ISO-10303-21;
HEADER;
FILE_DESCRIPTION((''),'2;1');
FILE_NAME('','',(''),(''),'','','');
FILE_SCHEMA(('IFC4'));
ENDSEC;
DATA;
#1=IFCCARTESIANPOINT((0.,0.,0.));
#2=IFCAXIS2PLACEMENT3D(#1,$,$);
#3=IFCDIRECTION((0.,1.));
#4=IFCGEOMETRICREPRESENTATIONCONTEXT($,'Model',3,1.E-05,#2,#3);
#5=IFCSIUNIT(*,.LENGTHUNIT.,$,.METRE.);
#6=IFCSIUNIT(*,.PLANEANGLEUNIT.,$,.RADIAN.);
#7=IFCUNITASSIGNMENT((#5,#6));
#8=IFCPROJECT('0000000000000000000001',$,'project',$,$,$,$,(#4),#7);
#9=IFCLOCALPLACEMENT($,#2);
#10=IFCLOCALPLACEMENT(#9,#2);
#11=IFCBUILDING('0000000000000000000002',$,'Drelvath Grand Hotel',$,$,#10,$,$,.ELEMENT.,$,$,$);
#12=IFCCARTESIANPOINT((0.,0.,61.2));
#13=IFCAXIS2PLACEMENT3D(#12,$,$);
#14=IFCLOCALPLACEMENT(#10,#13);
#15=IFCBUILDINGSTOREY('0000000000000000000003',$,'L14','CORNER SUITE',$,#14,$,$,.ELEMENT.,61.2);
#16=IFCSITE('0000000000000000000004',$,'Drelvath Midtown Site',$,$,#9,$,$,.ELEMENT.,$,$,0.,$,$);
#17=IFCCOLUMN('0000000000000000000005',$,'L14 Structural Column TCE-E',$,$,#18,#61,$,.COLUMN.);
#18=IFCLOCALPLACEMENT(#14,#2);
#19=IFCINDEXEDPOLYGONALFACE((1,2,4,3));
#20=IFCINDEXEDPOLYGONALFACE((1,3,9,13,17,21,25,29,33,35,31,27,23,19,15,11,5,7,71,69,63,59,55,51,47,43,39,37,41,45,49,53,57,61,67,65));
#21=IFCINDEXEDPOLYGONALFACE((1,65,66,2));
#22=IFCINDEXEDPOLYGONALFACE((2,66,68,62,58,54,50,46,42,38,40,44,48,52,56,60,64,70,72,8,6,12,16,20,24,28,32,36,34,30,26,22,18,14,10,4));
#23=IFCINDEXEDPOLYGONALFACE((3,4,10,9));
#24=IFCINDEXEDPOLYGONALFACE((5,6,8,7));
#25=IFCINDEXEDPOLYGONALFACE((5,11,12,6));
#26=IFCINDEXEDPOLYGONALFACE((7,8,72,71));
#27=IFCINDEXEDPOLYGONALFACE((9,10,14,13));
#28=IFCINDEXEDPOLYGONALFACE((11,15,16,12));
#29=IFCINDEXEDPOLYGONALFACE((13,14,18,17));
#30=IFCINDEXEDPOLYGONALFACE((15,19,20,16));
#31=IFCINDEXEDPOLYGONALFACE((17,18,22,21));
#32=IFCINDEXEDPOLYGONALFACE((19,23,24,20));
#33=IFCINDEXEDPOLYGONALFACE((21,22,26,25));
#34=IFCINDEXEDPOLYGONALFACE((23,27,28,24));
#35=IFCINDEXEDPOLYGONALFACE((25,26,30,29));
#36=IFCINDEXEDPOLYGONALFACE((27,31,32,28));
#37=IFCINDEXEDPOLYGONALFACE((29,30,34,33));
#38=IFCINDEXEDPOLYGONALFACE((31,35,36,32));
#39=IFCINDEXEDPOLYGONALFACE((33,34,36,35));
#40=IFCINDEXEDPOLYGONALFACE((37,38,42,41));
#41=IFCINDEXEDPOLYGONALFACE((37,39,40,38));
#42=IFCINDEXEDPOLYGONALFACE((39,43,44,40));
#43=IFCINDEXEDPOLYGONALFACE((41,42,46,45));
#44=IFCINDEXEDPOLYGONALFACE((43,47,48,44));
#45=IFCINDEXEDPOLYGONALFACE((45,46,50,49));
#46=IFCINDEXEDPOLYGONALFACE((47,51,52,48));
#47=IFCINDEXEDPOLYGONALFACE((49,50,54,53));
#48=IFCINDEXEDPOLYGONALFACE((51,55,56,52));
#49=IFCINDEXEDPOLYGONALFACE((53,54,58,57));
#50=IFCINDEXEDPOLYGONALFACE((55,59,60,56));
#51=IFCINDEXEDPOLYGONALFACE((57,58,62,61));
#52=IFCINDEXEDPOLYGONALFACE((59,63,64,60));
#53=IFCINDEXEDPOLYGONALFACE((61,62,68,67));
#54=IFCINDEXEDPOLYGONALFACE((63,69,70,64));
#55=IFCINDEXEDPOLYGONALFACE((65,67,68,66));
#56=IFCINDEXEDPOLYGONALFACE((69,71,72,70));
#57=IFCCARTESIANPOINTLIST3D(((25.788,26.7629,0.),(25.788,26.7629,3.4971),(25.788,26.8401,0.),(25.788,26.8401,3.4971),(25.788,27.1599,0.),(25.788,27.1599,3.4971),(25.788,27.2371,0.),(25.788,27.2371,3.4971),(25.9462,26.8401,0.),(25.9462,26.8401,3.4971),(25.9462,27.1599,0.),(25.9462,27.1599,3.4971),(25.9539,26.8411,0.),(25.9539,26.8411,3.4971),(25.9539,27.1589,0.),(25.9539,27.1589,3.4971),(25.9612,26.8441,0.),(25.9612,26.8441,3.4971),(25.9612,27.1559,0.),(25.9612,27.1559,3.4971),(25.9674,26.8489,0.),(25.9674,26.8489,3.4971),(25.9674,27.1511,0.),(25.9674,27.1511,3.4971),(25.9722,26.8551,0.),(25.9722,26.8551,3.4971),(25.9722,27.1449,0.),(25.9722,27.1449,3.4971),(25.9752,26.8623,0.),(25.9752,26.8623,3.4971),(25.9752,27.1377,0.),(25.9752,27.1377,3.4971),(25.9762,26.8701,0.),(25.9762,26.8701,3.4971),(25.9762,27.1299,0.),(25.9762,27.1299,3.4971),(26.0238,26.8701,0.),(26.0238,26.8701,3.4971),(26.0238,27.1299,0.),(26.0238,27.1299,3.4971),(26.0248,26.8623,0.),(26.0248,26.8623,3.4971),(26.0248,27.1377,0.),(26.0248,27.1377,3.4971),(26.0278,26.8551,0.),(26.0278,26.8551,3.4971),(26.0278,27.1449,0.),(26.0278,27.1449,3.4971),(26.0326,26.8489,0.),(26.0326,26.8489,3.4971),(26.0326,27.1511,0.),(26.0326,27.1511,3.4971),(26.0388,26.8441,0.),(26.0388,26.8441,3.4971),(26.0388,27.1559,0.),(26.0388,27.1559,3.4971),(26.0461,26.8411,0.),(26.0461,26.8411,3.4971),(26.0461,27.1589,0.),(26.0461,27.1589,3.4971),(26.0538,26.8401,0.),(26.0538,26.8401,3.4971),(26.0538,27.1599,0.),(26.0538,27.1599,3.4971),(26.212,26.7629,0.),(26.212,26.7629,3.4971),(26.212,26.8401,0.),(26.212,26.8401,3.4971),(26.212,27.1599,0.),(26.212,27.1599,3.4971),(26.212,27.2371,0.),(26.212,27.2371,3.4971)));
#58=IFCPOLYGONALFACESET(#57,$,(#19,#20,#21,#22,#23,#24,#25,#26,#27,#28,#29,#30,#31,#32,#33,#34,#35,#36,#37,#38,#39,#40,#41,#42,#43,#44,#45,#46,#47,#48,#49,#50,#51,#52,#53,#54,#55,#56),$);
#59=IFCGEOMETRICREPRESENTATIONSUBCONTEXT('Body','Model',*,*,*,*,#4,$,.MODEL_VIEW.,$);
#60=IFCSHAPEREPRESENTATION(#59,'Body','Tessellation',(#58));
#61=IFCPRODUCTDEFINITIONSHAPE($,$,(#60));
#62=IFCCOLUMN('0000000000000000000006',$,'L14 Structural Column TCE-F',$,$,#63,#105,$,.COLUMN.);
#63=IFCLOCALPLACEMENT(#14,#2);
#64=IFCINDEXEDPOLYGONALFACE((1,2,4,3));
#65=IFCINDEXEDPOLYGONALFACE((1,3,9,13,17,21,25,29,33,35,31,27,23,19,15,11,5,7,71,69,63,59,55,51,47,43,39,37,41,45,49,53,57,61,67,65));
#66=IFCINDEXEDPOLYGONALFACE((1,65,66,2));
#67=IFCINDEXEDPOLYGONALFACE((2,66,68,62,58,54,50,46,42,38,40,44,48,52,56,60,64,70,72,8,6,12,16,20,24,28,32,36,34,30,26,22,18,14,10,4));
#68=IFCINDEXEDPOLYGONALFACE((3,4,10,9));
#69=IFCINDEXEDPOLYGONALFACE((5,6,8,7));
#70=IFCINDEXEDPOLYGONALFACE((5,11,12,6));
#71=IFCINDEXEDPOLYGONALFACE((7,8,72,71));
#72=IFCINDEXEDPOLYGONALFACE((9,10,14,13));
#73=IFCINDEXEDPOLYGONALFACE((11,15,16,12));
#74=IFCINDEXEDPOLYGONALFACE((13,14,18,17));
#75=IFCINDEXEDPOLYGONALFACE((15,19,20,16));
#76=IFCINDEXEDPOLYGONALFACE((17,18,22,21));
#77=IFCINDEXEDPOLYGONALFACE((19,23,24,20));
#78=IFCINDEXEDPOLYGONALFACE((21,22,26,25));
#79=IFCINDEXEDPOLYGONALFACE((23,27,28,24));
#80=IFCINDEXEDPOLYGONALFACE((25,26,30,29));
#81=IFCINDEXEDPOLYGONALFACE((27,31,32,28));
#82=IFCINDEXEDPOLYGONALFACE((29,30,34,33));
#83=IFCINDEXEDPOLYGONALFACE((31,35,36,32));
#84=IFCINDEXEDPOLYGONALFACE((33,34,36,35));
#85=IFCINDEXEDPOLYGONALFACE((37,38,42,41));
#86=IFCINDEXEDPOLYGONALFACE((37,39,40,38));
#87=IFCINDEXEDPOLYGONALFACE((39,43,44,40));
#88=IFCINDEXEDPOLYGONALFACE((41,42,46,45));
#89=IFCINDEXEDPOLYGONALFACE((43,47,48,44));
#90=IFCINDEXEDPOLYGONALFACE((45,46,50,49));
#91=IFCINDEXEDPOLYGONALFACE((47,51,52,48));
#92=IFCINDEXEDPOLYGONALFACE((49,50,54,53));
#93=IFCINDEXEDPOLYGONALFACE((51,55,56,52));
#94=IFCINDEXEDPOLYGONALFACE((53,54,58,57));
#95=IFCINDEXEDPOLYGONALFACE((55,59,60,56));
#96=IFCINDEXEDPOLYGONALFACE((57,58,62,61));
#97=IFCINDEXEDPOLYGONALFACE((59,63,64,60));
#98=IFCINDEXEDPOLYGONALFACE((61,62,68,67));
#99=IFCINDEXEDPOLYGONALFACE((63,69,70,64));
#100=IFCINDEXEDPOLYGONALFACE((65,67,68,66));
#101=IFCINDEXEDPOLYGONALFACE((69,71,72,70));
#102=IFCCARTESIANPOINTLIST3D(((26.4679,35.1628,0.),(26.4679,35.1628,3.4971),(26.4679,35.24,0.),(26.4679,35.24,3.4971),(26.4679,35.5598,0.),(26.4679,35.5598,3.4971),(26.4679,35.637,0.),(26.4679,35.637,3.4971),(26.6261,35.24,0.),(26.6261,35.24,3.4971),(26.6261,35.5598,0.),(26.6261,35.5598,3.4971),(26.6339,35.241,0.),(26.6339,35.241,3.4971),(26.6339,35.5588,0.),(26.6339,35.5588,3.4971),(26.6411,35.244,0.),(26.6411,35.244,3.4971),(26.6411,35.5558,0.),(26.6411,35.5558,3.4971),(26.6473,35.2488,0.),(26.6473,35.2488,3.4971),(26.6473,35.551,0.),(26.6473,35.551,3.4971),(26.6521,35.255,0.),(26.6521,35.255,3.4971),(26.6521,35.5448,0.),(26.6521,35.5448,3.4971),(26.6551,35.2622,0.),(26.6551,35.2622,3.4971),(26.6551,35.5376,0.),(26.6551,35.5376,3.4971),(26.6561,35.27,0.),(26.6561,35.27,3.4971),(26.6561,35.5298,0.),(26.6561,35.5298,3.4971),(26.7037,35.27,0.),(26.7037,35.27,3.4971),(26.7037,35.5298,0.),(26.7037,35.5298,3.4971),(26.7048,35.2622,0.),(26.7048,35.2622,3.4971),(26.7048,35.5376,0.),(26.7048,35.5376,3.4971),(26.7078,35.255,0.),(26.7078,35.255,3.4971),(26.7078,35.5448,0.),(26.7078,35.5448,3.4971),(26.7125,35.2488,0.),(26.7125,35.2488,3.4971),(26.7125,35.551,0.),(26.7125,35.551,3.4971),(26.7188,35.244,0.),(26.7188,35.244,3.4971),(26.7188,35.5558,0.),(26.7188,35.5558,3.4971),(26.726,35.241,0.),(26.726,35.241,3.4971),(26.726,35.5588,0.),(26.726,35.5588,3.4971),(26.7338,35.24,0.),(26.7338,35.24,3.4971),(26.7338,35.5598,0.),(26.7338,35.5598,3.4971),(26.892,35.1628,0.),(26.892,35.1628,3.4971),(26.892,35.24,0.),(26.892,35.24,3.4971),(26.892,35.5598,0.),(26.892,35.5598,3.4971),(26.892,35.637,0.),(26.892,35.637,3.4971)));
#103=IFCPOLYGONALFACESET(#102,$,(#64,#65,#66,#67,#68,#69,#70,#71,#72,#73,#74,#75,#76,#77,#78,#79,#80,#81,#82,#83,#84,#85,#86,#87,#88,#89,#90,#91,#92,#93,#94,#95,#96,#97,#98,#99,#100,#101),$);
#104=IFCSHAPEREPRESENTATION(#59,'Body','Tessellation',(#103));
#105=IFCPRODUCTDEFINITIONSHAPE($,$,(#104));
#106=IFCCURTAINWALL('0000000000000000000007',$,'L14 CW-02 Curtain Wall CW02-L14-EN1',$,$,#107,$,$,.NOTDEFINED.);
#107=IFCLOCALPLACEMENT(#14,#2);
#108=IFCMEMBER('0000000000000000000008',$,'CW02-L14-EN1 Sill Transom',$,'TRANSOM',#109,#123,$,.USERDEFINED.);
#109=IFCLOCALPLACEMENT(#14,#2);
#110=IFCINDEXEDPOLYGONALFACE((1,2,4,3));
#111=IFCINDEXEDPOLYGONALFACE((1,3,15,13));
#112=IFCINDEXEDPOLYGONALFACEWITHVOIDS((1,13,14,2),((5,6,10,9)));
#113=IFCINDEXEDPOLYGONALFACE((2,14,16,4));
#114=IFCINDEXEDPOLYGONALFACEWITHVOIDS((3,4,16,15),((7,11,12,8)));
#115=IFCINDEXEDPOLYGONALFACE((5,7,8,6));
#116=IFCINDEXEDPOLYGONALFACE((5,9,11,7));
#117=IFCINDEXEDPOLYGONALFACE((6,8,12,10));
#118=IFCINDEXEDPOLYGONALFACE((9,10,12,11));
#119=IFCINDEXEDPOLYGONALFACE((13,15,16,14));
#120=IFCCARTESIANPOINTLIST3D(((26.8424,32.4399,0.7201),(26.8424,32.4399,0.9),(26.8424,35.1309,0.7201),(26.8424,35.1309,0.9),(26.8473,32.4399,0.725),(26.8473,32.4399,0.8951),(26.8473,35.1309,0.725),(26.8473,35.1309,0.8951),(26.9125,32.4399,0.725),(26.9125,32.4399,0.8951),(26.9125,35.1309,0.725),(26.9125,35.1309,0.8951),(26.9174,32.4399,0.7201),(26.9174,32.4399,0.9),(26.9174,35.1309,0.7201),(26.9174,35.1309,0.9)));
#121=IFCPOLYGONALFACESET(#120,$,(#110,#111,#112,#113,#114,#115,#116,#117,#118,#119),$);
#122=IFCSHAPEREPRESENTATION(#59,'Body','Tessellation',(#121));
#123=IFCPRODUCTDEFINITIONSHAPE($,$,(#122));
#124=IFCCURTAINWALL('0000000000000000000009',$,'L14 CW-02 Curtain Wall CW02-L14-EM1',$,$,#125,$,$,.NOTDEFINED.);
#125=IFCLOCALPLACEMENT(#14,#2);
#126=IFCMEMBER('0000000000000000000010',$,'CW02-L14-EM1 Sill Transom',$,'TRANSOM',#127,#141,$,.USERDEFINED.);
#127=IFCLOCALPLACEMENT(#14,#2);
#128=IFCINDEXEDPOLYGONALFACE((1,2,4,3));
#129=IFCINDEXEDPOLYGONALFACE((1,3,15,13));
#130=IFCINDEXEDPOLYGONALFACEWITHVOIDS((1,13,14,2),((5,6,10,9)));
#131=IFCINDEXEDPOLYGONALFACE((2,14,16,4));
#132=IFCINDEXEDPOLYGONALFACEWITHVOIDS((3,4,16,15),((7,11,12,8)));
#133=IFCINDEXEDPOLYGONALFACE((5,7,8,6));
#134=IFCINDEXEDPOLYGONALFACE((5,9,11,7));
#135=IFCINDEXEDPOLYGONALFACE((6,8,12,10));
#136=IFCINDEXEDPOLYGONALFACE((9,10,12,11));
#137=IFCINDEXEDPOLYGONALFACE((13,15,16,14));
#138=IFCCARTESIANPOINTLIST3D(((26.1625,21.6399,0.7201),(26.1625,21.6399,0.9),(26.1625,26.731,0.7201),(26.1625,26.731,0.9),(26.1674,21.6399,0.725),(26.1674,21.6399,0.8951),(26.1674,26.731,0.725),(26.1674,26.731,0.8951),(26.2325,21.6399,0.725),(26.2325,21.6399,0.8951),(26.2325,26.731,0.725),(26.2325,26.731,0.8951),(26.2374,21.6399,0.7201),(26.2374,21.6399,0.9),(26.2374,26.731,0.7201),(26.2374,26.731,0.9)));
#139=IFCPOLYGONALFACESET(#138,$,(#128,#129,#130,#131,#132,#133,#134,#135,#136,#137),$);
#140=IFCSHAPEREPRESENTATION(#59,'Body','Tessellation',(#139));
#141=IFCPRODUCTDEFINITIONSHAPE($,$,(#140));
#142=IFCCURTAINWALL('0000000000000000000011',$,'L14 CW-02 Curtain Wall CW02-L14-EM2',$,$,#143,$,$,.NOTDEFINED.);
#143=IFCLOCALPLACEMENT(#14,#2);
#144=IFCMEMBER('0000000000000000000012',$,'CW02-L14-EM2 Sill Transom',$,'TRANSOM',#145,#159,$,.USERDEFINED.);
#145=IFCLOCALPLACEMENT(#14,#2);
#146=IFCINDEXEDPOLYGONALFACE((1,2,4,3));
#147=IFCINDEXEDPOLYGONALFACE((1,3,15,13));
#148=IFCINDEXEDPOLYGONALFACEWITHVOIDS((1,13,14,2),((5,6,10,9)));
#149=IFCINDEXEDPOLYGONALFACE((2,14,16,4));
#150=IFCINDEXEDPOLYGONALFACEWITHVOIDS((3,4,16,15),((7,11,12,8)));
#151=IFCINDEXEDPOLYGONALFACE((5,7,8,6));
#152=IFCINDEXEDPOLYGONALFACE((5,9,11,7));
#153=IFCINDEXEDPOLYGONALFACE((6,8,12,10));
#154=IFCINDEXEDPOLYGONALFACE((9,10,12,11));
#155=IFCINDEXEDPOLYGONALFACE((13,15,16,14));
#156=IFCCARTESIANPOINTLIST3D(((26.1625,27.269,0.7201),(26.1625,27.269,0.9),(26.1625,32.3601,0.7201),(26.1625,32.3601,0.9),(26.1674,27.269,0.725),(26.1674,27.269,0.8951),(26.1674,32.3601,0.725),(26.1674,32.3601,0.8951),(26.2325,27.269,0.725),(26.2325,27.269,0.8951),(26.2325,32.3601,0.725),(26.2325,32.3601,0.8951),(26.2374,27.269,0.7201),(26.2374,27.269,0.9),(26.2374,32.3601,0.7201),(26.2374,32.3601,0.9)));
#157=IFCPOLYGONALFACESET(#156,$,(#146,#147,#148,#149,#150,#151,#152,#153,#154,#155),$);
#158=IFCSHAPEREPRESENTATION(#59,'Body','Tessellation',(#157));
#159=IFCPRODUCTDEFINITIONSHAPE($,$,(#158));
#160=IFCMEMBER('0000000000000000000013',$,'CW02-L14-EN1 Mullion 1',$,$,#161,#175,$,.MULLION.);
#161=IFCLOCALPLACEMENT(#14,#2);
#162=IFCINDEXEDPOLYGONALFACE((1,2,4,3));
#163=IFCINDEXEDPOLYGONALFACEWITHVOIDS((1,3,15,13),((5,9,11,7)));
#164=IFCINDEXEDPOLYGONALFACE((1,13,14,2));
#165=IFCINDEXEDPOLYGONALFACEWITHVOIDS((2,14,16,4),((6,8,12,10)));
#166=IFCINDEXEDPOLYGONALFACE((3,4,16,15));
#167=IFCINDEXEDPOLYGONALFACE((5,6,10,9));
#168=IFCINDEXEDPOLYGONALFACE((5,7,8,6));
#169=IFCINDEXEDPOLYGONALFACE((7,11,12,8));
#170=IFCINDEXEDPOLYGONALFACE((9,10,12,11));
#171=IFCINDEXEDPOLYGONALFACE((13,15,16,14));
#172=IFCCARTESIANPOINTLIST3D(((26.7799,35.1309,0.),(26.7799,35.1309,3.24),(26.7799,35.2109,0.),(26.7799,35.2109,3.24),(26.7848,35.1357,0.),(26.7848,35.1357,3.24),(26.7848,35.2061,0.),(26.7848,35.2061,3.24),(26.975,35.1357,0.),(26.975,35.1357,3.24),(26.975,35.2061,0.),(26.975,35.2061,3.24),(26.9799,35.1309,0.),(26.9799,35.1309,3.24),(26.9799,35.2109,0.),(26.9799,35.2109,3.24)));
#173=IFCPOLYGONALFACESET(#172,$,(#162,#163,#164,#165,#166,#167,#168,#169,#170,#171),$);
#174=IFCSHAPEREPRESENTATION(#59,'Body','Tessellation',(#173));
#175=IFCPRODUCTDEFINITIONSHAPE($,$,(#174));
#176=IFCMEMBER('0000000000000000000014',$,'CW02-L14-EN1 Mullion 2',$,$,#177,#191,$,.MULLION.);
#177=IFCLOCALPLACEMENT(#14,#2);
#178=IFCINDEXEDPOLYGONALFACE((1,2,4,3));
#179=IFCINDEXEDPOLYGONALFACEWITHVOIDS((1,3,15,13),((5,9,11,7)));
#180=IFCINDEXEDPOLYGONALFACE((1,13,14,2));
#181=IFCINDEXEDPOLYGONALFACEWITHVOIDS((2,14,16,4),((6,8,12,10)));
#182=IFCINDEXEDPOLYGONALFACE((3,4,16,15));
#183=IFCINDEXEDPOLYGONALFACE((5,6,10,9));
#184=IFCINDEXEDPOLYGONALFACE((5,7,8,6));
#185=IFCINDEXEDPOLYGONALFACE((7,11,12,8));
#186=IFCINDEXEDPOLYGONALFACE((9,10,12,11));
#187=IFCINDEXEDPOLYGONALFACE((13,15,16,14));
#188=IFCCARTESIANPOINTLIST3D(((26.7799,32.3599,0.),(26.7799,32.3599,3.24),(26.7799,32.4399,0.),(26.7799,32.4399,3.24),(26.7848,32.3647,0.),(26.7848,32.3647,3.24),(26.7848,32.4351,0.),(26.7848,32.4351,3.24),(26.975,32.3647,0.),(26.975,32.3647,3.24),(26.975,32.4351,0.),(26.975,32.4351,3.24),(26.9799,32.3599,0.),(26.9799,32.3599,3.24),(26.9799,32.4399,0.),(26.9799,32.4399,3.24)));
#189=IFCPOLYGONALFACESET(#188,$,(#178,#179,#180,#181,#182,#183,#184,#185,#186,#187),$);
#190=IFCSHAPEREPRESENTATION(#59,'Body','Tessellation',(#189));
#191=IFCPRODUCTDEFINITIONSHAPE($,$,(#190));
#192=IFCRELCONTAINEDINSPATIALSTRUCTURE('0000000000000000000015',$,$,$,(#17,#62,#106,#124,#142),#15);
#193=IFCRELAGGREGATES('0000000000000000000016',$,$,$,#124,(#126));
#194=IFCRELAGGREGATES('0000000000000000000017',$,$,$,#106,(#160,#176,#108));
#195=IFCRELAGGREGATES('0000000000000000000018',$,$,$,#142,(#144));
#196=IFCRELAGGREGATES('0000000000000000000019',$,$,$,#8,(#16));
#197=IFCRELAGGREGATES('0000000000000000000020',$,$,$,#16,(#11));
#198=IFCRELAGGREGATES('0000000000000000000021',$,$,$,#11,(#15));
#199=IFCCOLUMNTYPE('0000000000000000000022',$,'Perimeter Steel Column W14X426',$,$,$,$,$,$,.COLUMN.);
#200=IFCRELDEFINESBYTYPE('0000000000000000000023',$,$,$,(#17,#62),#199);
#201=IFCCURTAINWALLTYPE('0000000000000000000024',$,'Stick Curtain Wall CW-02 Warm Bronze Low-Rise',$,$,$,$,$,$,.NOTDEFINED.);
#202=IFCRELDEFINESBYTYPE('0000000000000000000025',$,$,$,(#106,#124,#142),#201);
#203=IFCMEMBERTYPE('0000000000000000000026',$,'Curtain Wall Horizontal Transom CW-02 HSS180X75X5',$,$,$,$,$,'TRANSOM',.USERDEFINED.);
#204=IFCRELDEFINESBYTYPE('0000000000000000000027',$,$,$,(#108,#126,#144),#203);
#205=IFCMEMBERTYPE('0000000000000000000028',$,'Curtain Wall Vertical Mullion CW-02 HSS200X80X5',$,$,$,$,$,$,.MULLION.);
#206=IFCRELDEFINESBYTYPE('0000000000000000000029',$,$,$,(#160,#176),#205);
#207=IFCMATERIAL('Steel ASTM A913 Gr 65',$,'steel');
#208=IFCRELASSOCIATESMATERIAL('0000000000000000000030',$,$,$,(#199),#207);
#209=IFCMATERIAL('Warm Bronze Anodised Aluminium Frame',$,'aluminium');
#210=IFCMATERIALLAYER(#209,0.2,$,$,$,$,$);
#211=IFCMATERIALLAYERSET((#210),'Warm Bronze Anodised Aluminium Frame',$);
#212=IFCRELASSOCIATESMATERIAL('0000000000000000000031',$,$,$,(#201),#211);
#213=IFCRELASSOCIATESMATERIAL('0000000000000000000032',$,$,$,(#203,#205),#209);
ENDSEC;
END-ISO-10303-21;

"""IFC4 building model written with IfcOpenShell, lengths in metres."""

from ifc_helpers import new_model, si_unit, direction, frame, origin, origin_2d, place, context, subcontext, project, spatial, hollow_rectangle, i_section, extrude, material, layer, layer_set, material_profile, profile_set, type_object, element, aggregate, save


model = new_model("IFC4")

# Units and contexts
model_context = context("Model", 3, precision=1e-05, world=origin(), true_north=direction((0.0, 1.0)))
body_context = subcontext(model_context, "Body", "Model", "MODEL_VIEW")
ifc_project = project(units=[si_unit("LENGTHUNIT", "METRE"), si_unit("PLANEANGLEUNIT", "RADIAN")], contexts=[model_context])

# Site, building, storey
site_placement = place(None, origin())
site = spatial("IfcSite", under=ifc_project, at=site_placement, Name="Drelvath Midtown Site", CompositionType="ELEMENT", RefElevation=0.0)
building_placement = place(site_placement, origin())
building = spatial("IfcBuilding", under=site, at=building_placement, Name="Drelvath Grand Hotel", CompositionType="ELEMENT")
storey_placement = place(building_placement, frame((0.0, 0.0, 61.2)))
storey = spatial("IfcBuildingStorey", under=building, at=storey_placement, Name="L14", Description="CORNER SUITE", CompositionType="ELEMENT", Elevation=61.2)

# Columns
ifc_material_1 = material(Name="Steel ASTM A913 Gr 65", Category="steel")
ifc_material_profile_1 = material_profile(ifc_material_1, i_section(OverallWidth=0.4241, OverallDepth=0.4741, WebThickness=0.0476, FlangeThickness=0.0771, FilletRadius=0.03, at=origin_2d()), Name="W14X426")
ifc_profile_set_1 = profile_set([ifc_material_profile_1], Name="Steel ASTM A913 Gr 65")
column_type = type_object("IfcColumnType", Name="Perimeter Steel Column W14X426", PredefinedType="COLUMN", material=ifc_profile_set_1)
for number, where, z_axis, x_axis, name in (
    (1, (26.0, 27.0, 0.0), (0.0, 0.0, 1.0), (1.0, 0.0, 0.0), "L14 Structural Column TCE-E"),
    (2, (26.6799, 35.3999, 0.0), (0.0, 0.0, 1.0), (1.0, 0.0, 0.0), "L14 Structural Column TCE-F"),
):
    element("IfcColumn", number, at=place(storey_placement, frame(where, z_axis=z_axis, x_axis=x_axis)), inside=storey, type_object=column_type, Name=name, PredefinedType="COLUMN", context=body_context, shape_type="SweptSolid", body=[
        extrude(i_section(OverallWidth=0.4241, OverallDepth=0.4741, WebThickness=0.0476, FlangeThickness=0.0771, FilletRadius=0.03, at=origin_2d()), origin(), (0.0, 0.0, 1.0), 3.4971),
    ])

# Curtain walls, members
ifc_material_2 = material(Name="Warm Bronze Anodised Aluminium Frame", Category="aluminium")
ifc_layer_1 = layer(ifc_material_2, 0.2)
ifc_layer_set_1 = layer_set([ifc_layer_1], Name="Warm Bronze Anodised Aluminium Frame")
curtain_wall_type = type_object("IfcCurtainWallType", Name="Stick Curtain Wall CW-02 Warm Bronze Low-Rise", PredefinedType="NOTDEFINED", material=ifc_layer_set_1)
curtain_wall_1_placement = place(storey_placement, origin())
curtain_wall_1 = element("IfcCurtainWall", 3, at=curtain_wall_1_placement, inside=storey, type_object=curtain_wall_type, Name="L14 CW-02 Curtain Wall CW02-L14-EN1", PredefinedType="NOTDEFINED")
ifc_material_profile_2 = material_profile(ifc_material_2, hollow_rectangle(XDim=0.075, YDim=0.1799, WallThickness=0.0049, at=origin_2d()), Name="HSS180X75X5")
ifc_profile_set_2 = profile_set([ifc_material_profile_2], Name="Warm Bronze Anodised Aluminium Frame")
member_type_1 = type_object("IfcMemberType", Name="Curtain Wall Horizontal Transom CW-02 HSS180X75X5", ElementType="TRANSOM", PredefinedType="USERDEFINED", material=ifc_profile_set_2)
member_1_placement = place(storey_placement, frame((26.8799, 35.1309, 0.8101), z_axis=(0.0, -1.0, 0.0), x_axis=(1.0, 0.0, 0.0)))
member_1 = element("IfcMember", 4, at=member_1_placement, type_object=member_type_1, Name="CW02-L14-EN1 Sill Transom", ObjectType="TRANSOM", PredefinedType="USERDEFINED", context=body_context, shape_type="SweptSolid", body=[
    extrude(hollow_rectangle(XDim=0.075, YDim=0.1799, WallThickness=0.0049, at=origin_2d()), origin(), (0.0, 0.0, 1.0), 2.6909),
])
curtain_wall_2_placement = place(storey_placement, origin())
curtain_wall_2 = element("IfcCurtainWall", 5, at=curtain_wall_2_placement, inside=storey, type_object=curtain_wall_type, Name="L14 CW-02 Curtain Wall CW02-L14-EM1", PredefinedType="NOTDEFINED")
member_2_placement = place(storey_placement, frame((26.2, 26.731, 0.8101), z_axis=(0.0, -1.0, 0.0), x_axis=(1.0, 0.0, 0.0)))
member_2 = element("IfcMember", 6, at=member_2_placement, type_object=member_type_1, Name="CW02-L14-EM1 Sill Transom", ObjectType="TRANSOM", PredefinedType="USERDEFINED", context=body_context, shape_type="SweptSolid", body=[
    extrude(hollow_rectangle(XDim=0.075, YDim=0.1799, WallThickness=0.0049, at=origin_2d()), origin(), (0.0, 0.0, 1.0), 5.0911),
])
curtain_wall_3_placement = place(storey_placement, origin())
curtain_wall_3 = element("IfcCurtainWall", 7, at=curtain_wall_3_placement, inside=storey, type_object=curtain_wall_type, Name="L14 CW-02 Curtain Wall CW02-L14-EM2", PredefinedType="NOTDEFINED")
member_3_placement = place(storey_placement, frame((26.2, 32.3601, 0.8101), z_axis=(0.0, -1.0, 0.0), x_axis=(1.0, 0.0, 0.0)))
member_3 = element("IfcMember", 8, at=member_3_placement, type_object=member_type_1, Name="CW02-L14-EM2 Sill Transom", ObjectType="TRANSOM", PredefinedType="USERDEFINED", context=body_context, shape_type="SweptSolid", body=[
    extrude(hollow_rectangle(XDim=0.075, YDim=0.1799, WallThickness=0.0049, at=origin_2d()), origin(), (0.0, 0.0, 1.0), 5.0911),
])

# Members
ifc_material_profile_3 = material_profile(ifc_material_2, hollow_rectangle(XDim=0.0801, YDim=0.2, WallThickness=0.0049, at=origin_2d()), Name="HSS200X80X5")
ifc_profile_set_3 = profile_set([ifc_material_profile_3], Name="Warm Bronze Anodised Aluminium Frame")
member_type_2 = type_object("IfcMemberType", Name="Curtain Wall Vertical Mullion CW-02 HSS200X80X5", PredefinedType="MULLION", material=ifc_profile_set_3)
member_4_placement = place(storey_placement, frame((26.8799, 35.1709, 0.0), z_axis=(0.0, 0.0, 1.0), x_axis=(0.0, 1.0, 0.0)))
member_4 = element("IfcMember", 9, at=member_4_placement, type_object=member_type_2, Name="CW02-L14-EN1 Mullion 1", PredefinedType="MULLION", context=body_context, shape_type="SweptSolid", body=[
    extrude(hollow_rectangle(XDim=0.0801, YDim=0.2, WallThickness=0.0049, at=origin_2d()), origin(), (0.0, 0.0, 1.0), 3.24),
])
member_5_placement = place(storey_placement, frame((26.8799, 32.3999, 0.0), z_axis=(0.0, 0.0, 1.0), x_axis=(0.0, 1.0, 0.0)))
member_5 = element("IfcMember", 10, at=member_5_placement, type_object=member_type_2, Name="CW02-L14-EN1 Mullion 2", PredefinedType="MULLION", context=body_context, shape_type="SweptSolid", body=[
    extrude(hollow_rectangle(XDim=0.0801, YDim=0.2, WallThickness=0.0049, at=origin_2d()), origin(), (0.0, 0.0, 1.0), 3.24),
])

aggregate(curtain_wall_2, [member_2])

aggregate(curtain_wall_1, [member_4, member_5, member_1])
aggregate(curtain_wall_3, [member_3])

save(model, "model.ifc")
